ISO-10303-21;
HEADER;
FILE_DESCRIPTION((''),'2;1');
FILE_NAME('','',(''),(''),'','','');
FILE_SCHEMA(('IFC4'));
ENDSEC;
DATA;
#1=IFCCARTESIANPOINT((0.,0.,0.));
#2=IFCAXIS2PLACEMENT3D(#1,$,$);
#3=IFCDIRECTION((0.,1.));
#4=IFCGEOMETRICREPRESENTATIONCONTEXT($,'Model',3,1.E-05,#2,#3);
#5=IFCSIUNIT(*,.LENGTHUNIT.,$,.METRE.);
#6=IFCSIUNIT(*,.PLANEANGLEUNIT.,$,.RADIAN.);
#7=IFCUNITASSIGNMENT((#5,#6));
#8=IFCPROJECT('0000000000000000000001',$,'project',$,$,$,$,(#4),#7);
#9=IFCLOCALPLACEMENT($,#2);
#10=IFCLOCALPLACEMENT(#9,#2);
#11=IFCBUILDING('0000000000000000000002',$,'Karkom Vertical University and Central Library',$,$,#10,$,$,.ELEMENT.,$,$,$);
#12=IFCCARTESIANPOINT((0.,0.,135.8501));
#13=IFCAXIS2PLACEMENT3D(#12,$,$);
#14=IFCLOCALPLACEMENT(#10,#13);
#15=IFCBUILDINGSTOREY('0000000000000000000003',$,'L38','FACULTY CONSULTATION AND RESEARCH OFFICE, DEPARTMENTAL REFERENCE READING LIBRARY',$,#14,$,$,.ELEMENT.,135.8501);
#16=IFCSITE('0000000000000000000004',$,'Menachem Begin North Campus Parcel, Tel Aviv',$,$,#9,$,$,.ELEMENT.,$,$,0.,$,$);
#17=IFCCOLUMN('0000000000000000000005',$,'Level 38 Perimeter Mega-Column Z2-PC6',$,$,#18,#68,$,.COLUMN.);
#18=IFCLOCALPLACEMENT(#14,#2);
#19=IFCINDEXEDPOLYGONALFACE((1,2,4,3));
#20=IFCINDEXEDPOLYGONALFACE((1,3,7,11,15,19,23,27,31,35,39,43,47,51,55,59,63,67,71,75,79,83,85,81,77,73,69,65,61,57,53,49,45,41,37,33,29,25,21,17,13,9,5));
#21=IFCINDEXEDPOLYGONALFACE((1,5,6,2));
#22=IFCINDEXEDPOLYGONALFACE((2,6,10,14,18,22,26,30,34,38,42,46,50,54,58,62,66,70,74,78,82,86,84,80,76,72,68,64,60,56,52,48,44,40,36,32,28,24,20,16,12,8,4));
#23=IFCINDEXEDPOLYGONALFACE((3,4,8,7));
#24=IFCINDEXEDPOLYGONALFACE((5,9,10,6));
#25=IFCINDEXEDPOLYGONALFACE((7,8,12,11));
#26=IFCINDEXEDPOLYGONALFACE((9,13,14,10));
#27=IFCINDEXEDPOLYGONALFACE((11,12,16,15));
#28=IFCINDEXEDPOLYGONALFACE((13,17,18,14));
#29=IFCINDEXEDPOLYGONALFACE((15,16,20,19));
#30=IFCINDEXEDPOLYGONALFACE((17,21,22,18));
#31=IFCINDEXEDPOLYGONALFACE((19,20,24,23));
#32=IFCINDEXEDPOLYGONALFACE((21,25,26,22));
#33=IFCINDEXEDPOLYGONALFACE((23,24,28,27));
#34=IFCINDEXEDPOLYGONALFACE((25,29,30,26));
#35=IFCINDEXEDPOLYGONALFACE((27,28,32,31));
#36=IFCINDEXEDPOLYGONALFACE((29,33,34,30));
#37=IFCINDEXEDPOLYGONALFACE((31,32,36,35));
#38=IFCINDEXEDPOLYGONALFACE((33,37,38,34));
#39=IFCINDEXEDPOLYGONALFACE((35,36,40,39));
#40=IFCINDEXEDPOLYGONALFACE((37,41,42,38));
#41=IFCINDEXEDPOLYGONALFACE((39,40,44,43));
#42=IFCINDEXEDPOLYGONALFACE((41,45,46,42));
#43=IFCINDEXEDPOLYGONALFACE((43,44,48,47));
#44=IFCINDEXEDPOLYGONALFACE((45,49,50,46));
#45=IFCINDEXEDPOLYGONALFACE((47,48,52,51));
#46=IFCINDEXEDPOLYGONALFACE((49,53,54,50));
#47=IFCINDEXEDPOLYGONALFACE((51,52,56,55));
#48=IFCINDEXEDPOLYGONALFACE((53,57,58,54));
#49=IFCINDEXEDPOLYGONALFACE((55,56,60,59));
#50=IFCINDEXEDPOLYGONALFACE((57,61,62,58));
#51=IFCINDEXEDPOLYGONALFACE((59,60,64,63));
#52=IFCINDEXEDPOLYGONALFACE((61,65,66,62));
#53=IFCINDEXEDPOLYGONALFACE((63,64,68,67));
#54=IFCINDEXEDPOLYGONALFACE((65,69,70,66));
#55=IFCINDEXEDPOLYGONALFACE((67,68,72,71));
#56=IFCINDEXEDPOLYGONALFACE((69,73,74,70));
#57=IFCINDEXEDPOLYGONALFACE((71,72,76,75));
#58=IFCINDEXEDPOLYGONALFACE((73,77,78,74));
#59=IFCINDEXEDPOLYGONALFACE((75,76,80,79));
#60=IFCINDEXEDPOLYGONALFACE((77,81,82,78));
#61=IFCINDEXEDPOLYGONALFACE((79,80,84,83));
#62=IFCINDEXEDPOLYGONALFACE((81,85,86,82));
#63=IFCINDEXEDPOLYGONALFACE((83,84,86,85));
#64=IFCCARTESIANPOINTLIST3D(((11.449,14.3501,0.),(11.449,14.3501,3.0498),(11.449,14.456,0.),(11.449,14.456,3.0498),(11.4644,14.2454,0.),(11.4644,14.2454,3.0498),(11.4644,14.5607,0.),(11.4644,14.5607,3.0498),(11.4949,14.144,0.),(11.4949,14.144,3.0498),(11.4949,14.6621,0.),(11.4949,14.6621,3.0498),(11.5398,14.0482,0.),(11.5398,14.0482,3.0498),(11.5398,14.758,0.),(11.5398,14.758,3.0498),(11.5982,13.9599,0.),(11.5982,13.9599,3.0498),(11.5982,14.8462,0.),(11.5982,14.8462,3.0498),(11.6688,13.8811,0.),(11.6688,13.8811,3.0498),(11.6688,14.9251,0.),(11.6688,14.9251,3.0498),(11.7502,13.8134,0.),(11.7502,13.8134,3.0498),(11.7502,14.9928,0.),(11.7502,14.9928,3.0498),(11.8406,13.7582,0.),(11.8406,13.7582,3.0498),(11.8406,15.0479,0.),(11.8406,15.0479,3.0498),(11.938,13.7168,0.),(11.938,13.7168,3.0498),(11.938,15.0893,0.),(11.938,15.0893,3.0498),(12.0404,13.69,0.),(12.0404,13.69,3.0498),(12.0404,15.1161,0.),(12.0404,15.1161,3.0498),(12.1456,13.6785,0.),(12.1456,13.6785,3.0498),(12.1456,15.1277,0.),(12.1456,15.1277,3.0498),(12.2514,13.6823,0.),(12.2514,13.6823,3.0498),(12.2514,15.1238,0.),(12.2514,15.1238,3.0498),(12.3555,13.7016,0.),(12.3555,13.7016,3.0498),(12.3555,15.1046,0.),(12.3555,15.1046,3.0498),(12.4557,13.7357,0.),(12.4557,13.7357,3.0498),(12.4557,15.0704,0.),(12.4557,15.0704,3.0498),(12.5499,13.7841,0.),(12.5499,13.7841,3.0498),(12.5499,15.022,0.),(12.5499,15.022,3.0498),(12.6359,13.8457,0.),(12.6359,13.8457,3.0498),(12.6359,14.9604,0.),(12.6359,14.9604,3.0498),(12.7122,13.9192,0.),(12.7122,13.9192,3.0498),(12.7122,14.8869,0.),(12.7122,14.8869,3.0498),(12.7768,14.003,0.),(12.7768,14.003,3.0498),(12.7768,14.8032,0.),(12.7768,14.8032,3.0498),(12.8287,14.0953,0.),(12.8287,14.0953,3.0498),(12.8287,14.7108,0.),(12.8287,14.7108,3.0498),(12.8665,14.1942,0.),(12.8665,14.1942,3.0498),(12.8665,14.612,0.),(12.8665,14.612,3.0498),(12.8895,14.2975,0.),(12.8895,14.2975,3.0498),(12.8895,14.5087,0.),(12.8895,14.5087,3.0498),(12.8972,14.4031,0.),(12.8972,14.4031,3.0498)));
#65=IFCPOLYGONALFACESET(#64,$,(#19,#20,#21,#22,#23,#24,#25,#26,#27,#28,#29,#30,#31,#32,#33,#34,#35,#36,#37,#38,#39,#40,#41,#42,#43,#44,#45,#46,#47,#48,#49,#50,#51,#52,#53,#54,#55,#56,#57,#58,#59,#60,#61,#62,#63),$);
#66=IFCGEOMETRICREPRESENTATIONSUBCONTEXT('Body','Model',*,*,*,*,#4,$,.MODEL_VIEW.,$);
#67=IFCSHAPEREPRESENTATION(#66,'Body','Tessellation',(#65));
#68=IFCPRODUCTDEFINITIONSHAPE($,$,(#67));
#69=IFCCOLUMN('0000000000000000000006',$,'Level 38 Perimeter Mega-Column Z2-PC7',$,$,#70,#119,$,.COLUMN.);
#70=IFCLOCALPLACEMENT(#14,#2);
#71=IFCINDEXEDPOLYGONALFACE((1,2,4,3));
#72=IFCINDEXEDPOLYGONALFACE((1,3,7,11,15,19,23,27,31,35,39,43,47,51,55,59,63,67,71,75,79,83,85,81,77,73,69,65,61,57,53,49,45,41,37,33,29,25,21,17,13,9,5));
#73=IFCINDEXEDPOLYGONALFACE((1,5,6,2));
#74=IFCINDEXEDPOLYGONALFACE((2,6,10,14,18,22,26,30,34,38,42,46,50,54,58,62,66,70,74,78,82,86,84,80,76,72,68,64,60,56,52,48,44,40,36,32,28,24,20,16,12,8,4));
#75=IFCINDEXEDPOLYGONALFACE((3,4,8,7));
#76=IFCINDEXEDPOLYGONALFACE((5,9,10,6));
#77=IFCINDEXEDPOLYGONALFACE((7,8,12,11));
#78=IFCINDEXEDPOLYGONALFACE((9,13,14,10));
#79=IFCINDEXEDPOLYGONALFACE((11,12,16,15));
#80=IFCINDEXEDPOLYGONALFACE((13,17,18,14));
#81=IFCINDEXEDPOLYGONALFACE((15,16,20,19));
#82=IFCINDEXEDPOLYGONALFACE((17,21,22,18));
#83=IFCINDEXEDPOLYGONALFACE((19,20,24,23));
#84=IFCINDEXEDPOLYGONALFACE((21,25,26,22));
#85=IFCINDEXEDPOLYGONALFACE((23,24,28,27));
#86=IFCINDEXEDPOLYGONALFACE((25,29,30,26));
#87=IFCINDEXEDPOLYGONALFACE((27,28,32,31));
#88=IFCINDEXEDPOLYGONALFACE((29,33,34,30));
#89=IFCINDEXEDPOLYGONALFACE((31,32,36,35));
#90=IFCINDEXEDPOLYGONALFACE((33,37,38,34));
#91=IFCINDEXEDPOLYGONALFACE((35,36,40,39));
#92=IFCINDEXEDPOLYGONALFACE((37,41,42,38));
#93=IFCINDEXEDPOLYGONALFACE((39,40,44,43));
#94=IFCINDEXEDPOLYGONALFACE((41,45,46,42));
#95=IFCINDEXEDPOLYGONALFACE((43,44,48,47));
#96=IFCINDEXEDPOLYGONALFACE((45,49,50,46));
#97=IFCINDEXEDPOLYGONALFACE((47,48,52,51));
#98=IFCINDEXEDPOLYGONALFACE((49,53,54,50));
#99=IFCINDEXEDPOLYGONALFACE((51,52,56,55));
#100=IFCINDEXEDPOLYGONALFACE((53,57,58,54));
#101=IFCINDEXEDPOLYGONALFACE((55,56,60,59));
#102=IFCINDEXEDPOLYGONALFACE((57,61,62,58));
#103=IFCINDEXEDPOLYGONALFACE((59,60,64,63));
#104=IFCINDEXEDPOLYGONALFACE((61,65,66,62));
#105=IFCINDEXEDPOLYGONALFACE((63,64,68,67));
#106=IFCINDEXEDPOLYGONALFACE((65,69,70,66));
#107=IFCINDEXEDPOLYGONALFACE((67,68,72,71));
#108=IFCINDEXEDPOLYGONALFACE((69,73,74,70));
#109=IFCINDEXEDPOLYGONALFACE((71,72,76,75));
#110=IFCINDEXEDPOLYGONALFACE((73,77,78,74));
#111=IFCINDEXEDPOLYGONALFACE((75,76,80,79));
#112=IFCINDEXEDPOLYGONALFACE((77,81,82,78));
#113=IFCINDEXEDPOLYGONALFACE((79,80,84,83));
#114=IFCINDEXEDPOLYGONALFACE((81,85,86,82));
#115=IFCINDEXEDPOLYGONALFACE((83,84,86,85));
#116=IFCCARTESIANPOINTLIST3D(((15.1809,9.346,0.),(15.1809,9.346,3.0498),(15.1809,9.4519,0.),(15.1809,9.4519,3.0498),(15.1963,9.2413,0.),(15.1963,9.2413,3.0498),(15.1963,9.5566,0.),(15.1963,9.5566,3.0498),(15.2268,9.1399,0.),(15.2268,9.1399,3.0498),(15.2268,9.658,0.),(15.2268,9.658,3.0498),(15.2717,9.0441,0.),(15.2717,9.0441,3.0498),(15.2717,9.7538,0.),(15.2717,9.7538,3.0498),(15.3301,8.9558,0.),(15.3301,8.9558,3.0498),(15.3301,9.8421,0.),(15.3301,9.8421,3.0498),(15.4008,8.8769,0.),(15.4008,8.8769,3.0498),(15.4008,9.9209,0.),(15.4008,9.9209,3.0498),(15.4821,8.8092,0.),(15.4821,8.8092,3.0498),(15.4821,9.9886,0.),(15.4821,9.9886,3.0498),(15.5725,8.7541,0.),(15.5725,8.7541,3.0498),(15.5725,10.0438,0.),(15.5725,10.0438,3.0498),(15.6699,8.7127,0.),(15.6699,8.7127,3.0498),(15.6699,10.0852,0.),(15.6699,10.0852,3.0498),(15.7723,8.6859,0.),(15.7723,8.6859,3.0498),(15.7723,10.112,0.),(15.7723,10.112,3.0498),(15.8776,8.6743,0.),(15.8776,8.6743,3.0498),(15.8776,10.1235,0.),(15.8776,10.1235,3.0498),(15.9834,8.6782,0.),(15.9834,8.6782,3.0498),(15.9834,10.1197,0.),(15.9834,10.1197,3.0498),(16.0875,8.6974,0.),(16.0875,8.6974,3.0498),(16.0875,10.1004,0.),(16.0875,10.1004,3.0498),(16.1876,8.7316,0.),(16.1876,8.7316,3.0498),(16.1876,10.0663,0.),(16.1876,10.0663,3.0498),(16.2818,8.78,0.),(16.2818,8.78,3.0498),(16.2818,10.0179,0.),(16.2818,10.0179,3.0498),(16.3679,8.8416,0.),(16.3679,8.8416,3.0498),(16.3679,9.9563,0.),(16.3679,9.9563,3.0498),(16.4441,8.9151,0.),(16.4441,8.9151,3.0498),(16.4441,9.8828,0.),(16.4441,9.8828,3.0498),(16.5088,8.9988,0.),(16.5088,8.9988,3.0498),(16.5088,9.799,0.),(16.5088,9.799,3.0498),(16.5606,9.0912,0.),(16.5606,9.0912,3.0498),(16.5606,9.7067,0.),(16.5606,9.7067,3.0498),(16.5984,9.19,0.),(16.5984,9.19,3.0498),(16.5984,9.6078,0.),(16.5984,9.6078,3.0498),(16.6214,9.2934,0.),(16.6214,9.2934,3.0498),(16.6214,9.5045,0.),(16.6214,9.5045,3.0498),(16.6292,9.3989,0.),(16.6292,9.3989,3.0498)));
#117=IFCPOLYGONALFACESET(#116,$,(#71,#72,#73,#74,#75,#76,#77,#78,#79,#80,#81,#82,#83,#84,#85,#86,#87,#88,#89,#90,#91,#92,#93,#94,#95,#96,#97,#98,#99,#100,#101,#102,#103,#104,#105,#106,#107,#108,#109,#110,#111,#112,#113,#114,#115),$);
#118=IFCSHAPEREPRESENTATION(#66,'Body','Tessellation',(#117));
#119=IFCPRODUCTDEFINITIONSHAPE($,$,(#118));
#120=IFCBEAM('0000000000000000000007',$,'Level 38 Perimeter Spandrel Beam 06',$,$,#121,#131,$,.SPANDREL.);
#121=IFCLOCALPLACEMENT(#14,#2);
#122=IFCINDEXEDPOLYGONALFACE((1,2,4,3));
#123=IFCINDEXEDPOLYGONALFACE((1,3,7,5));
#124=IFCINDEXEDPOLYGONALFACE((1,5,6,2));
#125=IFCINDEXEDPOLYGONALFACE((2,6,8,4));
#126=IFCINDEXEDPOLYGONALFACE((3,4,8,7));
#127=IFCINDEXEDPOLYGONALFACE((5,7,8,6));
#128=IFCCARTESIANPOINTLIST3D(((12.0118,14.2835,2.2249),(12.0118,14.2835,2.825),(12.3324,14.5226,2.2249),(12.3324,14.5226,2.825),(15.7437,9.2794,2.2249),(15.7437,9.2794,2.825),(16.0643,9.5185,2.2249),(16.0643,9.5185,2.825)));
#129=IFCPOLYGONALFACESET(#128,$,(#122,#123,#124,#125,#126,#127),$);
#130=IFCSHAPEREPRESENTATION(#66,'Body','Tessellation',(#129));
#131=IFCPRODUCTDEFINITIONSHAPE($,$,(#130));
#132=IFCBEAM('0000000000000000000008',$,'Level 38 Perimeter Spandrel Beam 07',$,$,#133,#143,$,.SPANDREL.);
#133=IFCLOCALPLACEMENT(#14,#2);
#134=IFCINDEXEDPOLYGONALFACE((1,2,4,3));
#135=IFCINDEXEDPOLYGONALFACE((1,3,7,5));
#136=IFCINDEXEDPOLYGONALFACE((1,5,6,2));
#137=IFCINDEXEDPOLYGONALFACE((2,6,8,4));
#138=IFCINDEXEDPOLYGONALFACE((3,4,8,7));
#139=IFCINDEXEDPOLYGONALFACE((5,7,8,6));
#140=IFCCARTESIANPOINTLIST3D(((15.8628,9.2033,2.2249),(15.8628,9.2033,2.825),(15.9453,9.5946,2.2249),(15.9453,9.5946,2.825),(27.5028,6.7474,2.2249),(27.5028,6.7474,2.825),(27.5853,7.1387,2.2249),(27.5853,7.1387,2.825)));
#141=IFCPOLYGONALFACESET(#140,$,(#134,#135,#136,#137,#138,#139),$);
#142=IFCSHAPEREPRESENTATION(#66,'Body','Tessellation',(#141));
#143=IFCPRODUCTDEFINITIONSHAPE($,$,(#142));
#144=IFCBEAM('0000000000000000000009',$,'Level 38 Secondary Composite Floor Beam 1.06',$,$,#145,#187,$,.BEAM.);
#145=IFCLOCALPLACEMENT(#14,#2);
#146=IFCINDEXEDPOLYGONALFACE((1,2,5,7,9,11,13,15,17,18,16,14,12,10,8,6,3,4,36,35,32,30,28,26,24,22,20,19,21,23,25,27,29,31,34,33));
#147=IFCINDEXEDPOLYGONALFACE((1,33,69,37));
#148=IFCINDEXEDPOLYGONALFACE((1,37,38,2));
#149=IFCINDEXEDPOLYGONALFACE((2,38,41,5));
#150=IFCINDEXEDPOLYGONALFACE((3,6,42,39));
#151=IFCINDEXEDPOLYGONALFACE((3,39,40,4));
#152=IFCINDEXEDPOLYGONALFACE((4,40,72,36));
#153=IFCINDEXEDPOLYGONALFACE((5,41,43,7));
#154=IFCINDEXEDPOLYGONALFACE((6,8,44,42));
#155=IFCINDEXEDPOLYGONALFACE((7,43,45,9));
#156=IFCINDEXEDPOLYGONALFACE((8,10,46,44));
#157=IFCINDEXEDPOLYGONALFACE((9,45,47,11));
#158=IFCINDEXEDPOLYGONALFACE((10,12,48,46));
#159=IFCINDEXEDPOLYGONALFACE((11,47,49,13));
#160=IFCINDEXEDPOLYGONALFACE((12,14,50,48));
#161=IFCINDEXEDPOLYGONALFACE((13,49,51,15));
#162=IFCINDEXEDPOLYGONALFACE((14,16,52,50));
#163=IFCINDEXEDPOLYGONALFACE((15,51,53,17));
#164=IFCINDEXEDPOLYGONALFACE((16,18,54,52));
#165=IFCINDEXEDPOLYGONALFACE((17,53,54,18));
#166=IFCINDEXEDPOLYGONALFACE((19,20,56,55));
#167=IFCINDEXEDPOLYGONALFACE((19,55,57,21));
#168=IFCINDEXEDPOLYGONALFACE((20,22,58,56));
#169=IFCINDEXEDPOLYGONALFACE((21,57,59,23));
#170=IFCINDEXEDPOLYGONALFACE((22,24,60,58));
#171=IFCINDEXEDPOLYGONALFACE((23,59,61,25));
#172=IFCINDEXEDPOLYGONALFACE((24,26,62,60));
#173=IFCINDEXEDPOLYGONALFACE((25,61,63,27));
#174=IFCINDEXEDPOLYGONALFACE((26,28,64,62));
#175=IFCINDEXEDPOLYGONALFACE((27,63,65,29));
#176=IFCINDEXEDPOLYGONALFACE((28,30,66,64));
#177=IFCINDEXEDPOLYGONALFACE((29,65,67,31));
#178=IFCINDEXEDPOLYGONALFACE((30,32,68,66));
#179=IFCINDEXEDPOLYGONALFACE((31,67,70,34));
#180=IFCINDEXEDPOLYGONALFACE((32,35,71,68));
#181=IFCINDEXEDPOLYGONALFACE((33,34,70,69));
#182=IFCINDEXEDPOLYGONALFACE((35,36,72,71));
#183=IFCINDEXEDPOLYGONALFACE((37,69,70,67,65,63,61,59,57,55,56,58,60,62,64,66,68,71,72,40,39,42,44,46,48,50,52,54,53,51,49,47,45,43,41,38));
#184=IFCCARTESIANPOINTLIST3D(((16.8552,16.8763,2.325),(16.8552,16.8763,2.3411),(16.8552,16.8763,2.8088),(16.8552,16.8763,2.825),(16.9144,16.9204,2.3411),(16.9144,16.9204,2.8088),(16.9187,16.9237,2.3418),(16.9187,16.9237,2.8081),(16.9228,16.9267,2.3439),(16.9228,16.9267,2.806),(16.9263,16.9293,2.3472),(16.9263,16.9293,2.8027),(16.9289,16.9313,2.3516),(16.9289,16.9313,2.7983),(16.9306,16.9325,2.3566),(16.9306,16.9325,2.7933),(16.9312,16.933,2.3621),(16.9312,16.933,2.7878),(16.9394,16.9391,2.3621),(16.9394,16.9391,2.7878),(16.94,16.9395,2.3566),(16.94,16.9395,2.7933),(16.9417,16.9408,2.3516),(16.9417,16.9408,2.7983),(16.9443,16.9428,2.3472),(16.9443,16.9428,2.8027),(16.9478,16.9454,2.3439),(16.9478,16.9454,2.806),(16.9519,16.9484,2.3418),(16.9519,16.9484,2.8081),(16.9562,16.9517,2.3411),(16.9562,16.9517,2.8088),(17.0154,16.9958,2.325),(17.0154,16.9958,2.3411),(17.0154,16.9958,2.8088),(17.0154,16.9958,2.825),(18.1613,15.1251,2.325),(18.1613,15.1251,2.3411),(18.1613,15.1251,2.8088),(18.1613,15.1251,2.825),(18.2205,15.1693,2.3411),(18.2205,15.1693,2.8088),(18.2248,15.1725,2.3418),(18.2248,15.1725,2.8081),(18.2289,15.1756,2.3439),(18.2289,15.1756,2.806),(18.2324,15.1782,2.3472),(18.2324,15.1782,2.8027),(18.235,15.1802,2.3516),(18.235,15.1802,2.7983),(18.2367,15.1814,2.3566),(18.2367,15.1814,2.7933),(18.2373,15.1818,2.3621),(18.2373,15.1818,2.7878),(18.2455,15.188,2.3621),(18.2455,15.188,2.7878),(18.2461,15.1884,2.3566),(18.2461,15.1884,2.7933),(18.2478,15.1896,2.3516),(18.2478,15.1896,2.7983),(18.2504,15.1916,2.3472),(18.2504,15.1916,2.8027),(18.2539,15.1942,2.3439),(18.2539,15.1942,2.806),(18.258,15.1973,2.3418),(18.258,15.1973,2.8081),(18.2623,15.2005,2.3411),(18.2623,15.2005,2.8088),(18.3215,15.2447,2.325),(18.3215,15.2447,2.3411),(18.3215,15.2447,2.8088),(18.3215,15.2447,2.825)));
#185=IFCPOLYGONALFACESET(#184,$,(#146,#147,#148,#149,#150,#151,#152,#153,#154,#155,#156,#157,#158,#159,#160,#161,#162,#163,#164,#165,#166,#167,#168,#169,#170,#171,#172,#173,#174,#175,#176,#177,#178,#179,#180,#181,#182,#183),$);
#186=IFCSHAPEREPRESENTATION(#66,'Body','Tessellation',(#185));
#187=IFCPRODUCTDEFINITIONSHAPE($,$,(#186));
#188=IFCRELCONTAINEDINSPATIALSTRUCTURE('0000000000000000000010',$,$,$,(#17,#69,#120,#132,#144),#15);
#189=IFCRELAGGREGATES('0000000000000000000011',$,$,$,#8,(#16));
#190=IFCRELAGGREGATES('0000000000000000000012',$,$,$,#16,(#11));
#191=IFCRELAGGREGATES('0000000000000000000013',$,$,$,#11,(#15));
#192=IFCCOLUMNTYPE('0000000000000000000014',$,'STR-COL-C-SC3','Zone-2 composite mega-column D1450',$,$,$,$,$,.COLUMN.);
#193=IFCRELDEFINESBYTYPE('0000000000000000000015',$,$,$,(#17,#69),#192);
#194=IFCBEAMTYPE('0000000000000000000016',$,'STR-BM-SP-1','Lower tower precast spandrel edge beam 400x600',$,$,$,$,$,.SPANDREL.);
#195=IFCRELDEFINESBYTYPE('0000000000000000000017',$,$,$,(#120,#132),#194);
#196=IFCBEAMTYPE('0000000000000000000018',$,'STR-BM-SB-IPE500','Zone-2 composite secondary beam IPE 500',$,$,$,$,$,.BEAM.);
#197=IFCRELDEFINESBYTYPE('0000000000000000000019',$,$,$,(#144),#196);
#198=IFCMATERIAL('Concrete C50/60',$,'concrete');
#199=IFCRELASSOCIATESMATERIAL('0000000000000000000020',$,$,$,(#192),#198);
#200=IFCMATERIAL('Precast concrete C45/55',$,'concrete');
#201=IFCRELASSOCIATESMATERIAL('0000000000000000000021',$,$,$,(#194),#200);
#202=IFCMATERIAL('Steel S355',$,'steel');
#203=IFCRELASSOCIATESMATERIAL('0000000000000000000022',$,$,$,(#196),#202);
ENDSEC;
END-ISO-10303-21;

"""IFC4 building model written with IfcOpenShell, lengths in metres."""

from ifc_helpers import new_model, si_unit, direction, frame, origin, origin_with_axes, origin_2d, place, context, subcontext, project, spatial, rectangle, circle, i_section, extrude, source, transform, mapped, material, material_profile, profile_set, type_object, element, save


model = new_model("IFC4")

# Units and contexts
model_context = context("Model", 3, precision=1e-05, world=origin(), true_north=direction((0.0, 1.0)))
body_context = subcontext(model_context, "Body", "Model", "MODEL_VIEW")
ifc_project = project(units=[si_unit("LENGTHUNIT", "METRE"), si_unit("PLANEANGLEUNIT", "RADIAN")], contexts=[model_context])

# Site, building, storey
site_placement = place(None, origin())
site = spatial("IfcSite", under=ifc_project, at=site_placement, Name="Menachem Begin North Campus Parcel, Tel Aviv", CompositionType="ELEMENT", RefElevation=0.0)
building_placement = place(site_placement, origin())
building = spatial("IfcBuilding", under=site, at=building_placement, Name="Karkom Vertical University and Central Library", CompositionType="ELEMENT")
storey_placement = place(building_placement, frame((0.0, 0.0, 135.8501)))
storey = spatial("IfcBuildingStorey", under=building, at=storey_placement, Name="L38", Description="FACULTY CONSULTATION AND RESEARCH OFFICE, DEPARTMENTAL REFERENCE READING LIBRARY", CompositionType="ELEMENT", Elevation=135.8501)

# Columns
ifc_material_1 = material(Name="Concrete C50/60", Category="concrete")
ifc_material_profile_1 = material_profile(ifc_material_1, circle(Radius=0.7251, at=origin_2d()), Name="CFT-D1450")
ifc_profile_set_1 = profile_set([ifc_material_profile_1], Name="Concrete C50/60")
column_type = type_object("IfcColumnType", Name="STR-COL-C-SC3", Description="Zone-2 composite mega-column D1450", PredefinedType="COLUMN", material=ifc_profile_set_1)
shared_shape_1 = source(origin_with_axes(), body_context, "Body", "SweptSolid", [
    extrude(circle(Radius=0.7251, at=origin_2d()), origin(), (0.0, 0.0, 1.0), 3.0498),
])
for number, where, z_axis, x_axis, name in (
    (1, (12.1721, 14.4031, 0.0), (0.0, 0.0, 1.0), (1.0, 0.0, 0.0), "Level 38 Perimeter Mega-Column Z2-PC6"),
    (2, (15.9041, 9.3989, 0.0), (0.0, 0.0, 1.0), (1.0, 0.0, 0.0), "Level 38 Perimeter Mega-Column Z2-PC7"),
):
    element("IfcColumn", number, at=place(storey_placement, frame(where, z_axis=z_axis, x_axis=x_axis)), inside=storey, type_object=column_type, Name=name, PredefinedType="COLUMN", context=body_context, shape_type="MappedRepresentation", body=[
        mapped(shared_shape_1, transform((0.0, 0.0, 0.0), scale=1.0)),
    ])

# Beams
ifc_material_2 = material(Name="Precast concrete C45/55", Category="concrete")
ifc_material_profile_2 = material_profile(ifc_material_2, rectangle(XDim=0.3999, YDim=0.6001, at=origin_2d()), Name="SPB-400x600")
ifc_profile_set_2 = profile_set([ifc_material_profile_2], Name="Precast concrete C45/55")
beam_type_1 = type_object("IfcBeamType", Name="STR-BM-SP-1", Description="Lower tower precast spandrel edge beam 400x600", PredefinedType="SPANDREL", material=ifc_profile_set_2)
shared_shape_2 = source(origin_with_axes(), body_context, "Body", "SweptSolid", [
    extrude(rectangle(XDim=0.3999, YDim=0.6001, at=origin_2d()), origin(), (0.0, 0.0, 1.0), 6.2424),
])
beam_1_placement = place(storey_placement, frame((12.1721, 14.4031, 2.5249), z_axis=(0.597826, -0.801626, 0.0), x_axis=(0.801626, 0.597826, 0.0)))
element("IfcBeam", 3, at=beam_1_placement, inside=storey, type_object=beam_type_1, Name="Level 38 Perimeter Spandrel Beam 06", PredefinedType="SPANDREL", context=body_context, shape_type="MappedRepresentation", body=[
    mapped(shared_shape_2, transform((0.0, 0.0, 0.0), scale=1.0)),
])
shared_shape_3 = source(origin_with_axes(), body_context, "Body", "SweptSolid", [
    extrude(rectangle(XDim=0.3999, YDim=0.6001, at=origin_2d()), origin(), (0.0, 0.0, 1.0), 11.8962),
])
beam_2_placement = place(storey_placement, frame((15.9041, 9.3989, 2.5249), z_axis=(0.97846, -0.206438, 0.0), x_axis=(0.206438, 0.97846, 0.0)))
element("IfcBeam", 4, at=beam_2_placement, inside=storey, type_object=beam_type_1, Name="Level 38 Perimeter Spandrel Beam 07", PredefinedType="SPANDREL", context=body_context, shape_type="MappedRepresentation", body=[
    mapped(shared_shape_3, transform((0.0, 0.0, 0.0), scale=1.0)),
])
ifc_material_3 = material(Name="Steel S355", Category="steel")
ifc_material_profile_3 = material_profile(ifc_material_3, i_section(OverallWidth=0.2, OverallDepth=0.5, WebThickness=0.0103, FlangeThickness=0.0161, FilletRadius=0.021, at=origin_2d()), Name="IPE 500")
ifc_profile_set_3 = profile_set([ifc_material_profile_3], Name="Steel S355")
beam_type_2 = type_object("IfcBeamType", Name="STR-BM-SB-IPE500", Description="Zone-2 composite secondary beam IPE 500", PredefinedType="BEAM", material=ifc_profile_set_3)
shared_shape_4 = source(origin_with_axes(), body_context, "Body", "SweptSolid", [
    extrude(i_section(OverallWidth=0.2, OverallDepth=0.5, WebThickness=0.0103, FlangeThickness=0.0161, FilletRadius=0.021, at=origin_2d()), origin(), (0.0, 0.0, 1.0), 2.1846),
])
beam_3_placement = place(storey_placement, frame((16.9353, 16.936, 2.575), z_axis=(0.59787, -0.801593, 0.0), x_axis=(0.801593, 0.59787, 0.0)))
element("IfcBeam", 5, at=beam_3_placement, inside=storey, type_object=beam_type_2, Name="Level 38 Secondary Composite Floor Beam 1.06", PredefinedType="BEAM", context=body_context, shape_type="MappedRepresentation", body=[
    mapped(shared_shape_4, transform((0.0, 0.0, 0.0), scale=1.0)),
])

save(model, "model.ifc")
